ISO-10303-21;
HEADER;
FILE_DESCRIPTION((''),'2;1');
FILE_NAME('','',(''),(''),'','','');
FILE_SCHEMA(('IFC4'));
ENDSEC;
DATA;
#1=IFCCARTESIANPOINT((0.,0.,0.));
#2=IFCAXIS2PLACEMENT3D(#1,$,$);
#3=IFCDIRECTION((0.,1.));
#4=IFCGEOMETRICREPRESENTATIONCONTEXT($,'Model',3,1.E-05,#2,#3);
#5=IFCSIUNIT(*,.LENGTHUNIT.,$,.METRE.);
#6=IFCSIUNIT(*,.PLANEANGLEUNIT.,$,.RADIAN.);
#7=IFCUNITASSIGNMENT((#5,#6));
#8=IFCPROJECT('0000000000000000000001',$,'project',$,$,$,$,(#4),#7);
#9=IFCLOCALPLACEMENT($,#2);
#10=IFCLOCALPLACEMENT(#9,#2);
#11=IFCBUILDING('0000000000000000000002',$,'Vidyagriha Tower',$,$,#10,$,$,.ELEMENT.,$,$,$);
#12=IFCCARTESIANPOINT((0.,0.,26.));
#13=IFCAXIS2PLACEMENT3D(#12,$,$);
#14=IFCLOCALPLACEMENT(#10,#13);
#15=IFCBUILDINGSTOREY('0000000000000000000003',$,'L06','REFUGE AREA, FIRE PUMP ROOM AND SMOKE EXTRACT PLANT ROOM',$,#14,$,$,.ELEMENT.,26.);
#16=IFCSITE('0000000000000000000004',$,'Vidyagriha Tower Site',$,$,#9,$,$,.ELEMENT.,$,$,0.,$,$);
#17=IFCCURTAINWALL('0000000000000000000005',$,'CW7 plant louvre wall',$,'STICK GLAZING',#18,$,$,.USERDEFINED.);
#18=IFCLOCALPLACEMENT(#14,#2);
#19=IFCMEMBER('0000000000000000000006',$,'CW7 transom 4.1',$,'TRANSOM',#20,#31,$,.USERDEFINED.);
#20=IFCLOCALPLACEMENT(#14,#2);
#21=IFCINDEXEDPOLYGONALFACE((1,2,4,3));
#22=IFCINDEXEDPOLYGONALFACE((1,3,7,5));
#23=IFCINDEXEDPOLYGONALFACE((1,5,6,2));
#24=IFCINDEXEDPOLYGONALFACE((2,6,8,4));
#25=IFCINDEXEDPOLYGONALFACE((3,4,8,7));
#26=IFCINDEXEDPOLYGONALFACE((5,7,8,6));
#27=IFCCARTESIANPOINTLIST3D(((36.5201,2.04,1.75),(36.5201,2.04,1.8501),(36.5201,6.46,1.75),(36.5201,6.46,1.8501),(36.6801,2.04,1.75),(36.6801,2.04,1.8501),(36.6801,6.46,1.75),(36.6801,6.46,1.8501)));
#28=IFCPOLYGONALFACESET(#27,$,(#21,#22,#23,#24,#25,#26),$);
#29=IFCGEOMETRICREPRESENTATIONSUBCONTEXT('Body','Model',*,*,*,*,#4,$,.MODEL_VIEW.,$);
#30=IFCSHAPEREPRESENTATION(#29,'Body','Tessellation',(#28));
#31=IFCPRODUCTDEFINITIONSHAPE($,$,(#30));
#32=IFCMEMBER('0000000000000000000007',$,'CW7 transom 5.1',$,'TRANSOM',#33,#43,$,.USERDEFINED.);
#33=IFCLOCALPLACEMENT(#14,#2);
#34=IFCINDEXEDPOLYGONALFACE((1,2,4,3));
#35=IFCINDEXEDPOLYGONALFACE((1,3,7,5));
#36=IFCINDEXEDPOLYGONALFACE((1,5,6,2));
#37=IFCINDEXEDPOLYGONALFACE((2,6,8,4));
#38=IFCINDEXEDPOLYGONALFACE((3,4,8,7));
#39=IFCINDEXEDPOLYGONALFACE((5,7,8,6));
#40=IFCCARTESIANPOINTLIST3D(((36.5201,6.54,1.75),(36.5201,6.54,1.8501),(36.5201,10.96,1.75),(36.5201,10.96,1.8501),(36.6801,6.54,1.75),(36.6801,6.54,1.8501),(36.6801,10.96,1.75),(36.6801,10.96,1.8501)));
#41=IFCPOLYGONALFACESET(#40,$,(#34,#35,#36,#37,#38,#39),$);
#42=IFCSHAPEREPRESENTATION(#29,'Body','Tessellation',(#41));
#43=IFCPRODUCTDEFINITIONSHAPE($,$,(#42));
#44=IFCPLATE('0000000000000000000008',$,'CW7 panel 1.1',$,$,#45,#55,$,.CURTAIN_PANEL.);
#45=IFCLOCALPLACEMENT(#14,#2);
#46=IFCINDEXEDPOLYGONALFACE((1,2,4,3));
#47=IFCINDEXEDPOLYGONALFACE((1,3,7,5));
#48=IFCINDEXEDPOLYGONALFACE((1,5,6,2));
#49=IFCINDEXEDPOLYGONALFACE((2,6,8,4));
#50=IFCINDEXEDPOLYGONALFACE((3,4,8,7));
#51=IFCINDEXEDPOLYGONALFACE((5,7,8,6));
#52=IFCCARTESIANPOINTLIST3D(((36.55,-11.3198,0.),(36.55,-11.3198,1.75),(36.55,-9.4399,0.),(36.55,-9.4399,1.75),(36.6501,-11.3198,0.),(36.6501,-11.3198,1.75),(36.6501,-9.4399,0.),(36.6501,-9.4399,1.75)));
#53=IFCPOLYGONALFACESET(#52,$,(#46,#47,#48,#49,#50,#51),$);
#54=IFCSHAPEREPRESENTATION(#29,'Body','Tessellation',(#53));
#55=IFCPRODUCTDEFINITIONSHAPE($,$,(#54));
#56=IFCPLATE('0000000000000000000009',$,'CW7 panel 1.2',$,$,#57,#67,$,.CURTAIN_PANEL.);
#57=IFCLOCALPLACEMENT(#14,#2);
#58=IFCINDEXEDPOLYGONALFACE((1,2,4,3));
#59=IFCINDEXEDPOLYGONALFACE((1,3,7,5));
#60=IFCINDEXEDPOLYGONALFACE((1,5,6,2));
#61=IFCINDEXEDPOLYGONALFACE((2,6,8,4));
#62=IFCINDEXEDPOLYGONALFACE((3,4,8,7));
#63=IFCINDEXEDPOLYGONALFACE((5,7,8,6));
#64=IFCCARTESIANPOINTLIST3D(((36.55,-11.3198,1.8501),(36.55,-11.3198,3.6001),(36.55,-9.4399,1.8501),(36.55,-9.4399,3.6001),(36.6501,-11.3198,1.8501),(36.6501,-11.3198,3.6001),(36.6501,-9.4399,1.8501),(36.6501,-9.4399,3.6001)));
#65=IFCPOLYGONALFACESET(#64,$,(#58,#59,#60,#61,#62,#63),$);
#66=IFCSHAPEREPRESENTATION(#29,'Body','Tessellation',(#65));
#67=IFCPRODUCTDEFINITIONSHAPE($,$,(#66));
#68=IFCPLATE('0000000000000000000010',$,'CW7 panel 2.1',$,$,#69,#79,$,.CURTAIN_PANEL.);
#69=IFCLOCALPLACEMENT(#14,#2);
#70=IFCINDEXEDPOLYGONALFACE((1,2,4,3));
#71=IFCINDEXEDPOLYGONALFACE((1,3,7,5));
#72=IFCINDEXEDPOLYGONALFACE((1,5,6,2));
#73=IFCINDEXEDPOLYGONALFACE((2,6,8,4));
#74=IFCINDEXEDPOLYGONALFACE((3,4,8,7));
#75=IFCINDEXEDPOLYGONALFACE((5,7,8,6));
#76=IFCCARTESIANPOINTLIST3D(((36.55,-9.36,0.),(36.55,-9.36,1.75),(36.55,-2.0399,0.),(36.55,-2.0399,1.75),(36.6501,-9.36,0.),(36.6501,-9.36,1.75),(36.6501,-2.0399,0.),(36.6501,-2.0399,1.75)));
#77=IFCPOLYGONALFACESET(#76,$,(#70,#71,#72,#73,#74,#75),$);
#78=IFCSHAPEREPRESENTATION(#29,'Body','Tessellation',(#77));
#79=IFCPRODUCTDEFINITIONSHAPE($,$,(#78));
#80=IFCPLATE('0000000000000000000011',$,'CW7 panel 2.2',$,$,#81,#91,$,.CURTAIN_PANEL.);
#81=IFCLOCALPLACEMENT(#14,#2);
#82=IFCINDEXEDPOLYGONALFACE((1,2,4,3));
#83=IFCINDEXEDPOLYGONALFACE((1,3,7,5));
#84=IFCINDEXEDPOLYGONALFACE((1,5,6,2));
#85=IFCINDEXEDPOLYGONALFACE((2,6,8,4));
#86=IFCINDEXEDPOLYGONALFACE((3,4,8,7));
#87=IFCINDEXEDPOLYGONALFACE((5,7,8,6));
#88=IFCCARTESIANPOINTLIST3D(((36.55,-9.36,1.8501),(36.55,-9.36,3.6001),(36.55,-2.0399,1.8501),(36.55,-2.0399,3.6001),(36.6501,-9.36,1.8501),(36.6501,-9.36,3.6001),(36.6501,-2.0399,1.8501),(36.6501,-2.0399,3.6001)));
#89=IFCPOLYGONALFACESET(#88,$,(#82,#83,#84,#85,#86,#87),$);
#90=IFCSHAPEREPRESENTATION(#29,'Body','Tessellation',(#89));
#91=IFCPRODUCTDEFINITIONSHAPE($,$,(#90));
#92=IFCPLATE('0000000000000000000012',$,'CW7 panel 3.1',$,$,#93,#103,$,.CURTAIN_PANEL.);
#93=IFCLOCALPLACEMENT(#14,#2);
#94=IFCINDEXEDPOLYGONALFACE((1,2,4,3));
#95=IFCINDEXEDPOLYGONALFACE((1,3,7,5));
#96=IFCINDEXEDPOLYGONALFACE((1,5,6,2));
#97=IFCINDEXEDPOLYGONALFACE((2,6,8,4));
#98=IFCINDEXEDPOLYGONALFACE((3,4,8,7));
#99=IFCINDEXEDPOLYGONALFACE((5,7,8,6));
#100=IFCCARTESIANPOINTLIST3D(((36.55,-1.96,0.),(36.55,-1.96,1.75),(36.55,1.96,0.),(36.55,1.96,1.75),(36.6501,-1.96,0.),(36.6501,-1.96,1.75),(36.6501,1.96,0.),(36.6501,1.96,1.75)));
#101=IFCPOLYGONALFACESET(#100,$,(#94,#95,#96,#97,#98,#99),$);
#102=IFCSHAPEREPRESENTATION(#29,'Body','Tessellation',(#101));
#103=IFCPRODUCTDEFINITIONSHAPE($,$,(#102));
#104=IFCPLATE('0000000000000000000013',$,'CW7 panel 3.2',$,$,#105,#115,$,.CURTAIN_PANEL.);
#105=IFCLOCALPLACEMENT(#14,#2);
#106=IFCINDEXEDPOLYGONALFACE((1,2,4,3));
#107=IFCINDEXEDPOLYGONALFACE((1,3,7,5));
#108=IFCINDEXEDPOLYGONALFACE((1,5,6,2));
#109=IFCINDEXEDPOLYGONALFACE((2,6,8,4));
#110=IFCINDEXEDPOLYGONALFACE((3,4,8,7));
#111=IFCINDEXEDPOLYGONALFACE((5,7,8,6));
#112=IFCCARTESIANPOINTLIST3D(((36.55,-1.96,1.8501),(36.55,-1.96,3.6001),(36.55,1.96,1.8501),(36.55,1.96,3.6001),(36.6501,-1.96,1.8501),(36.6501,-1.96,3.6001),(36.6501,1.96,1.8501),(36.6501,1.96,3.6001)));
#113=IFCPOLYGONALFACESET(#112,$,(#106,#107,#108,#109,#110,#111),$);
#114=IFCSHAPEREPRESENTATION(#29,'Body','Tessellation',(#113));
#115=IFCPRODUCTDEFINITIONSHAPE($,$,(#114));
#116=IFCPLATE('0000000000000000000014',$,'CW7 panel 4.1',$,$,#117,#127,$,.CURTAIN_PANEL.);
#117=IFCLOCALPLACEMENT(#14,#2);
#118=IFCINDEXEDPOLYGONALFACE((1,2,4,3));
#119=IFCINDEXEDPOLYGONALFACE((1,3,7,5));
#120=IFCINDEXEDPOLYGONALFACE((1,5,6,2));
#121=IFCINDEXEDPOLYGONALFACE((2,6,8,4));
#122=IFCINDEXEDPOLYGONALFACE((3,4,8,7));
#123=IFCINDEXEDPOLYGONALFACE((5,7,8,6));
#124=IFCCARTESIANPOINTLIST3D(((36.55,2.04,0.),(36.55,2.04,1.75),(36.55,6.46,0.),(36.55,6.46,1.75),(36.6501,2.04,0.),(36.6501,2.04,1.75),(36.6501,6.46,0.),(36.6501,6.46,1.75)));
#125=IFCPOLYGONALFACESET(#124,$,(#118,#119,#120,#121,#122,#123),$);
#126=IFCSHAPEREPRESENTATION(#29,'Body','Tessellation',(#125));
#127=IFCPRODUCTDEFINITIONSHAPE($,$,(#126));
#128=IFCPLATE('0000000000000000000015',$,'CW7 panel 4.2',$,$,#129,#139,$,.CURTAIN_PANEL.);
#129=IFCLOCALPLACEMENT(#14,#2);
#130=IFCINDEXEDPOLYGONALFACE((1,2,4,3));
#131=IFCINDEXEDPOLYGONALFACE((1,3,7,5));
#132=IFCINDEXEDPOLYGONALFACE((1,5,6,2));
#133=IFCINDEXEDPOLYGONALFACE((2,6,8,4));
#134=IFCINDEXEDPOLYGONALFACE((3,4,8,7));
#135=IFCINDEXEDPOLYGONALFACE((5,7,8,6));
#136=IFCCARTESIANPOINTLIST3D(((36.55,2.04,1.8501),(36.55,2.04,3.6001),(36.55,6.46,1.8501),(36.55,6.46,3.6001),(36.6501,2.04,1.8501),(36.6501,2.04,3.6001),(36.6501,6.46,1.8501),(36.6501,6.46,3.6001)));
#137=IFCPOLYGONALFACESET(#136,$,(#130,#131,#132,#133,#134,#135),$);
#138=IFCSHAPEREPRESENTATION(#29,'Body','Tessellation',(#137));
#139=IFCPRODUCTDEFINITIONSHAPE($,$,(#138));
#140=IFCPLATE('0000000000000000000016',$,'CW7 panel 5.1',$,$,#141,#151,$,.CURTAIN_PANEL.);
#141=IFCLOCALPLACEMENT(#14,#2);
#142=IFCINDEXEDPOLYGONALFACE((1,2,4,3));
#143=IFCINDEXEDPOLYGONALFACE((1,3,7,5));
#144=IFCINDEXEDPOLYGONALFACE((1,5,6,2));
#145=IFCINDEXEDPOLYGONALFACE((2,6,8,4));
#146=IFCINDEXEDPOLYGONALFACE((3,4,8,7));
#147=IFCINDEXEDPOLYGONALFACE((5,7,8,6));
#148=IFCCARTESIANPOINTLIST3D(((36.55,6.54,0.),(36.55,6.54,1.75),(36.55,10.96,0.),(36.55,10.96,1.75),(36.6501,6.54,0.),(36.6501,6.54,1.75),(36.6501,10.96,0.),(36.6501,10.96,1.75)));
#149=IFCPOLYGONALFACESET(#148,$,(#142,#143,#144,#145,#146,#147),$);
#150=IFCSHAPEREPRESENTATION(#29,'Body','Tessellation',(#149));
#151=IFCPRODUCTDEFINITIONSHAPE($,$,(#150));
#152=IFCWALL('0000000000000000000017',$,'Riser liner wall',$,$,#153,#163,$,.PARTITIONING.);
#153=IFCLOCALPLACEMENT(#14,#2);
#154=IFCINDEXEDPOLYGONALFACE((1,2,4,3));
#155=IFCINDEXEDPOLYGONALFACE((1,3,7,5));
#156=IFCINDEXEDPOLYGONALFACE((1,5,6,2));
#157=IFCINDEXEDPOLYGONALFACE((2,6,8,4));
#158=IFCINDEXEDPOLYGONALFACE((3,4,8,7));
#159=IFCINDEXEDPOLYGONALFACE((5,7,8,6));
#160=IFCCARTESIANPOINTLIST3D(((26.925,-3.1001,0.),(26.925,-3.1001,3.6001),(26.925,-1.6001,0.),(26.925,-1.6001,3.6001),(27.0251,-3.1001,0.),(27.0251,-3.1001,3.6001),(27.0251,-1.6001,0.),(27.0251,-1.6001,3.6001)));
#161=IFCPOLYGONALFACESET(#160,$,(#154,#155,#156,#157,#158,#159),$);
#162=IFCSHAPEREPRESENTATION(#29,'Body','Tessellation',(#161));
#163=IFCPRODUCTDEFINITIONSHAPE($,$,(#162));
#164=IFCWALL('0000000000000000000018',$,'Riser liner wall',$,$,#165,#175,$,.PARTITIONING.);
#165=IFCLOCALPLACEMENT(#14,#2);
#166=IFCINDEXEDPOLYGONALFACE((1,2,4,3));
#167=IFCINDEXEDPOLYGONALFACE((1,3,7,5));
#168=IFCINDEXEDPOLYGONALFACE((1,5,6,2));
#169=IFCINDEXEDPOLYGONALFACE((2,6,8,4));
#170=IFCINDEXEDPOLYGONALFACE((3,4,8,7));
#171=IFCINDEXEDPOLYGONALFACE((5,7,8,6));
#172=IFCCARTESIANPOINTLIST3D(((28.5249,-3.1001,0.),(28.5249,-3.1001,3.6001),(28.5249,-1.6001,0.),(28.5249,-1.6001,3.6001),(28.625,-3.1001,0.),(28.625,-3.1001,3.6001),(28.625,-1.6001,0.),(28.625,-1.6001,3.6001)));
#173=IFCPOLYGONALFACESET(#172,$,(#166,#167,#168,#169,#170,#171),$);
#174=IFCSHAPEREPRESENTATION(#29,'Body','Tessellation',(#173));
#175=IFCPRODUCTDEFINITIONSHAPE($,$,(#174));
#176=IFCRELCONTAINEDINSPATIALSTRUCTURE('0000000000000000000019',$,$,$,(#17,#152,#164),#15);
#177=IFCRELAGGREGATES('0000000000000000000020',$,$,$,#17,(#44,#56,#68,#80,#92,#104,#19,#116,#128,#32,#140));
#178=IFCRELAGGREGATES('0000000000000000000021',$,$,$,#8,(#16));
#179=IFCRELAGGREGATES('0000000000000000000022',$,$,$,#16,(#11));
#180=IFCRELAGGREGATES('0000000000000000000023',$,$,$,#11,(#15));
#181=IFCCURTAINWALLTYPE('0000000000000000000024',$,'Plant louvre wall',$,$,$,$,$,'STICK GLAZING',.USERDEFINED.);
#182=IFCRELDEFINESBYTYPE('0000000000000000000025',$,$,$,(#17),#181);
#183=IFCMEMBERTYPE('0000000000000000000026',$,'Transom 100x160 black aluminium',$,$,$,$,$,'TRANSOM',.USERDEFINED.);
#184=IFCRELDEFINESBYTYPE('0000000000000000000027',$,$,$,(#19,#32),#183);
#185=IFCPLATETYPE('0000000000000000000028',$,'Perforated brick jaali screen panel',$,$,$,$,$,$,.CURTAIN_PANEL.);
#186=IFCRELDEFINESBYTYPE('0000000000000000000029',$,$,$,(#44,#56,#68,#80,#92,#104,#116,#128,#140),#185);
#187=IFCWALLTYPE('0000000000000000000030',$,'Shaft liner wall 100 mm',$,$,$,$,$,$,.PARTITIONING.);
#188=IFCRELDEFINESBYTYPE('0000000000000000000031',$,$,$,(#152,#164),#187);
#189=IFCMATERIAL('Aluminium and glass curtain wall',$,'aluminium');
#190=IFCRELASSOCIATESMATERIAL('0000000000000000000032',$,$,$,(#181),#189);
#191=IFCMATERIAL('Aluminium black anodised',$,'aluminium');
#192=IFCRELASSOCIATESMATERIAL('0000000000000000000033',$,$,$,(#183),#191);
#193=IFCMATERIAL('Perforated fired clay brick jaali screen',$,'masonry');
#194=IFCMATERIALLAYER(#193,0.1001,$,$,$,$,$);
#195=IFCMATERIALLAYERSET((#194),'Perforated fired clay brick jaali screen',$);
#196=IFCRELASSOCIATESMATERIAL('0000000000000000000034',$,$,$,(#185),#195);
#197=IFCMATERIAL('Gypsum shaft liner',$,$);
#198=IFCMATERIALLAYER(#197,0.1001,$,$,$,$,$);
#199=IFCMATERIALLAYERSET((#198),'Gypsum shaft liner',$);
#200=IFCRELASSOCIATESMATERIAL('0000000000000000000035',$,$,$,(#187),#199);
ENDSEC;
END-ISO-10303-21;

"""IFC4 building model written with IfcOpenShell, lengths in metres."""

from ifc_helpers import new_model, si_unit, direction, frame, frame_2d, origin, origin_2d, place, context, subcontext, project, spatial, rectangle, extrude, material, layer, layer_set, material_profile, profile_set, type_object, element, aggregate, save


model = new_model("IFC4")

# Units and contexts
model_context = context("Model", 3, precision=1e-05, world=origin(), true_north=direction((0.0, 1.0)))
body_context = subcontext(model_context, "Body", "Model", "MODEL_VIEW")
ifc_project = project(units=[si_unit("LENGTHUNIT", "METRE"), si_unit("PLANEANGLEUNIT", "RADIAN")], contexts=[model_context])

# Site, building, storey
site_placement = place(None, origin())
site = spatial("IfcSite", under=ifc_project, at=site_placement, Name="Vidyagriha Tower Site", CompositionType="ELEMENT", RefElevation=0.0)
building_placement = place(site_placement, origin())
building = spatial("IfcBuilding", under=site, at=building_placement, Name="Vidyagriha Tower", CompositionType="ELEMENT")
storey_placement = place(building_placement, frame((0.0, 0.0, 26.0)))
storey = spatial("IfcBuildingStorey", under=building, at=storey_placement, Name="L06", Description="REFUGE AREA, FIRE PUMP ROOM AND SMOKE EXTRACT PLANT ROOM", CompositionType="ELEMENT", Elevation=26.0)

# Curtain wall, members, plates
ifc_material_1 = material(Name="Aluminium and glass curtain wall", Category="aluminium")
curtain_wall_type = type_object("IfcCurtainWallType", Name="Plant louvre wall", ElementType="STICK GLAZING", PredefinedType="USERDEFINED", material=ifc_material_1)
curtain_wall_placement = place(storey_placement, origin())
curtain_wall = element("IfcCurtainWall", 1, at=curtain_wall_placement, inside=storey, type_object=curtain_wall_type, Name="CW7 plant louvre wall", ObjectType="STICK GLAZING", PredefinedType="USERDEFINED")
ifc_material_2 = material(Name="Aluminium black anodised", Category="aluminium")
ifc_material_profile_1 = material_profile(ifc_material_2, rectangle(XDim=0.1599, YDim=0.1001, at=origin_2d()), Name="Transom 100x160 black aluminium")
ifc_profile_set_1 = profile_set([ifc_material_profile_1], Name="Aluminium black anodised")
member_type_1 = type_object("IfcMemberType", Name="Transom 100x160 black aluminium", ElementType="TRANSOM", PredefinedType="USERDEFINED", material=ifc_profile_set_1)
member_1_placement = place(storey_placement, frame((36.6001, 2.04, 1.8), z_axis=(0.0, 1.0, 0.0), x_axis=(-1.0, 0.0, 0.0)))
member_1 = element("IfcMember", 2, at=member_1_placement, type_object=member_type_1, Name="CW7 transom 4.1", ObjectType="TRANSOM", PredefinedType="USERDEFINED", context=body_context, shape_type="SweptSolid", body=[
    extrude(rectangle(XDim=0.1599, YDim=0.1001, at=origin_2d()), origin(), (0.0, 0.0, 1.0), 4.4199),
])
member_2_placement = place(storey_placement, frame((36.6001, 6.54, 1.8), z_axis=(0.0, 1.0, 0.0), x_axis=(-1.0, 0.0, 0.0)))
member_2 = element("IfcMember", 3, at=member_2_placement, type_object=member_type_1, Name="CW7 transom 5.1", ObjectType="TRANSOM", PredefinedType="USERDEFINED", context=body_context, shape_type="SweptSolid", body=[
    extrude(rectangle(XDim=0.1599, YDim=0.1001, at=origin_2d()), origin(), (0.0, 0.0, 1.0), 4.4199),
])
ifc_material_3 = material(Name="Perforated fired clay brick jaali screen", Category="masonry")
ifc_layer_1 = layer(ifc_material_3, 0.1001)
ifc_layer_set_1 = layer_set([ifc_layer_1], Name="Perforated fired clay brick jaali screen")
plate_type = type_object("IfcPlateType", Name="Perforated brick jaali screen panel", PredefinedType="CURTAIN_PANEL", material=ifc_layer_set_1)
plate_1_placement = place(storey_placement, frame((36.6001, -10.3799, 0.0), z_axis=(0.0, 0.0, 1.0), x_axis=(0.0, 1.0, 0.0)))
plate_1 = element("IfcPlate", 4, at=plate_1_placement, type_object=plate_type, Name="CW7 panel 1.1", PredefinedType="CURTAIN_PANEL", context=body_context, shape_type="SweptSolid", body=[
    extrude(rectangle(XDim=1.8799, YDim=0.1001, at=origin_2d()), origin(), (0.0, 0.0, 1.0), 1.75),
])
plate_2_placement = place(storey_placement, frame((36.6001, -10.3799, 1.8501), z_axis=(0.0, 0.0, 1.0), x_axis=(0.0, 1.0, 0.0)))
plate_2 = element("IfcPlate", 5, at=plate_2_placement, type_object=plate_type, Name="CW7 panel 1.2", PredefinedType="CURTAIN_PANEL", context=body_context, shape_type="SweptSolid", body=[
    extrude(rectangle(XDim=1.8799, YDim=0.1001, at=origin_2d()), origin(), (0.0, 0.0, 1.0), 1.75),
])
plate_3_placement = place(storey_placement, frame((36.6001, -5.7, 0.0), z_axis=(0.0, 0.0, 1.0), x_axis=(0.0, 1.0, 0.0)))
plate_3 = element("IfcPlate", 6, at=plate_3_placement, type_object=plate_type, Name="CW7 panel 2.1", PredefinedType="CURTAIN_PANEL", context=body_context, shape_type="SweptSolid", body=[
    extrude(rectangle(XDim=7.3201, YDim=0.1001, at=origin_2d()), origin(), (0.0, 0.0, 1.0), 1.75),
])
plate_4_placement = place(storey_placement, frame((36.6001, -5.7, 1.8501), z_axis=(0.0, 0.0, 1.0), x_axis=(0.0, 1.0, 0.0)))
plate_4 = element("IfcPlate", 7, at=plate_4_placement, type_object=plate_type, Name="CW7 panel 2.2", PredefinedType="CURTAIN_PANEL", context=body_context, shape_type="SweptSolid", body=[
    extrude(rectangle(XDim=7.3201, YDim=0.1001, at=origin_2d()), origin(), (0.0, 0.0, 1.0), 1.75),
])
plate_5_placement = place(storey_placement, frame((36.6001, 0.0, 0.0), z_axis=(0.0, 0.0, 1.0), x_axis=(0.0, 1.0, 0.0)))
plate_5 = element("IfcPlate", 8, at=plate_5_placement, type_object=plate_type, Name="CW7 panel 3.1", PredefinedType="CURTAIN_PANEL", context=body_context, shape_type="SweptSolid", body=[
    extrude(rectangle(XDim=3.9199, YDim=0.1001, at=origin_2d()), origin(), (0.0, 0.0, 1.0), 1.75),
])
plate_6_placement = place(storey_placement, frame((36.6001, 0.0, 1.8501), z_axis=(0.0, 0.0, 1.0), x_axis=(0.0, 1.0, 0.0)))
plate_6 = element("IfcPlate", 9, at=plate_6_placement, type_object=plate_type, Name="CW7 panel 3.2", PredefinedType="CURTAIN_PANEL", context=body_context, shape_type="SweptSolid", body=[
    extrude(rectangle(XDim=3.9199, YDim=0.1001, at=origin_2d()), origin(), (0.0, 0.0, 1.0), 1.75),
])
plate_7_placement = place(storey_placement, frame((36.6001, 4.25, 0.0), z_axis=(0.0, 0.0, 1.0), x_axis=(0.0, 1.0, 0.0)))
plate_7 = element("IfcPlate", 10, at=plate_7_placement, type_object=plate_type, Name="CW7 panel 4.1", PredefinedType="CURTAIN_PANEL", context=body_context, shape_type="SweptSolid", body=[
    extrude(rectangle(XDim=4.4199, YDim=0.1001, at=origin_2d()), origin(), (0.0, 0.0, 1.0), 1.75),
])
plate_8_placement = place(storey_placement, frame((36.6001, 4.25, 1.8501), z_axis=(0.0, 0.0, 1.0), x_axis=(0.0, 1.0, 0.0)))
plate_8 = element("IfcPlate", 11, at=plate_8_placement, type_object=plate_type, Name="CW7 panel 4.2", PredefinedType="CURTAIN_PANEL", context=body_context, shape_type="SweptSolid", body=[
    extrude(rectangle(XDim=4.4199, YDim=0.1001, at=origin_2d()), origin(), (0.0, 0.0, 1.0), 1.75),
])
plate_9_placement = place(storey_placement, frame((36.6001, 8.75, 0.0), z_axis=(0.0, 0.0, 1.0), x_axis=(0.0, 1.0, 0.0)))
plate_9 = element("IfcPlate", 12, at=plate_9_placement, type_object=plate_type, Name="CW7 panel 5.1", PredefinedType="CURTAIN_PANEL", context=body_context, shape_type="SweptSolid", body=[
    extrude(rectangle(XDim=4.4199, YDim=0.1001, at=origin_2d()), origin(), (0.0, 0.0, 1.0), 1.75),
])
aggregate(curtain_wall, [plate_1, plate_2, plate_3, plate_4, plate_5, plate_6, member_1, plate_7, plate_8, member_2, plate_9])

# Walls
ifc_material_4 = material(Name="Gypsum shaft liner")
ifc_layer_2 = layer(ifc_material_4, 0.1001)
ifc_layer_set_2 = layer_set([ifc_layer_2], Name="Gypsum shaft liner")
wall_type = type_object("IfcWallType", Name="Shaft liner wall 100 mm", PredefinedType="PARTITIONING", material=ifc_layer_set_2)
for number, where, z_axis, x_axis, name in (
    (13, (26.9751, -1.6001, 0.0), (0.0, 0.0, 1.0), (0.0, -1.0, 0.0), "Riser liner wall"),
    (14, (28.575, -1.6001, 0.0), (0.0, 0.0, 1.0), (0.0, -1.0, 0.0), "Riser liner wall"),
):
    element("IfcWall", number, at=place(storey_placement, frame(where, z_axis=z_axis, x_axis=x_axis)), inside=storey, type_object=wall_type, Name=name, PredefinedType="PARTITIONING", context=body_context, shape_type="SweptSolid", body=[
        extrude(rectangle(XDim=1.5, YDim=0.1001, at=frame_2d((0.75, 0.0))), origin(), (0.0, 0.0, 1.0), 3.6001),
    ])

save(model, "model.ifc")
